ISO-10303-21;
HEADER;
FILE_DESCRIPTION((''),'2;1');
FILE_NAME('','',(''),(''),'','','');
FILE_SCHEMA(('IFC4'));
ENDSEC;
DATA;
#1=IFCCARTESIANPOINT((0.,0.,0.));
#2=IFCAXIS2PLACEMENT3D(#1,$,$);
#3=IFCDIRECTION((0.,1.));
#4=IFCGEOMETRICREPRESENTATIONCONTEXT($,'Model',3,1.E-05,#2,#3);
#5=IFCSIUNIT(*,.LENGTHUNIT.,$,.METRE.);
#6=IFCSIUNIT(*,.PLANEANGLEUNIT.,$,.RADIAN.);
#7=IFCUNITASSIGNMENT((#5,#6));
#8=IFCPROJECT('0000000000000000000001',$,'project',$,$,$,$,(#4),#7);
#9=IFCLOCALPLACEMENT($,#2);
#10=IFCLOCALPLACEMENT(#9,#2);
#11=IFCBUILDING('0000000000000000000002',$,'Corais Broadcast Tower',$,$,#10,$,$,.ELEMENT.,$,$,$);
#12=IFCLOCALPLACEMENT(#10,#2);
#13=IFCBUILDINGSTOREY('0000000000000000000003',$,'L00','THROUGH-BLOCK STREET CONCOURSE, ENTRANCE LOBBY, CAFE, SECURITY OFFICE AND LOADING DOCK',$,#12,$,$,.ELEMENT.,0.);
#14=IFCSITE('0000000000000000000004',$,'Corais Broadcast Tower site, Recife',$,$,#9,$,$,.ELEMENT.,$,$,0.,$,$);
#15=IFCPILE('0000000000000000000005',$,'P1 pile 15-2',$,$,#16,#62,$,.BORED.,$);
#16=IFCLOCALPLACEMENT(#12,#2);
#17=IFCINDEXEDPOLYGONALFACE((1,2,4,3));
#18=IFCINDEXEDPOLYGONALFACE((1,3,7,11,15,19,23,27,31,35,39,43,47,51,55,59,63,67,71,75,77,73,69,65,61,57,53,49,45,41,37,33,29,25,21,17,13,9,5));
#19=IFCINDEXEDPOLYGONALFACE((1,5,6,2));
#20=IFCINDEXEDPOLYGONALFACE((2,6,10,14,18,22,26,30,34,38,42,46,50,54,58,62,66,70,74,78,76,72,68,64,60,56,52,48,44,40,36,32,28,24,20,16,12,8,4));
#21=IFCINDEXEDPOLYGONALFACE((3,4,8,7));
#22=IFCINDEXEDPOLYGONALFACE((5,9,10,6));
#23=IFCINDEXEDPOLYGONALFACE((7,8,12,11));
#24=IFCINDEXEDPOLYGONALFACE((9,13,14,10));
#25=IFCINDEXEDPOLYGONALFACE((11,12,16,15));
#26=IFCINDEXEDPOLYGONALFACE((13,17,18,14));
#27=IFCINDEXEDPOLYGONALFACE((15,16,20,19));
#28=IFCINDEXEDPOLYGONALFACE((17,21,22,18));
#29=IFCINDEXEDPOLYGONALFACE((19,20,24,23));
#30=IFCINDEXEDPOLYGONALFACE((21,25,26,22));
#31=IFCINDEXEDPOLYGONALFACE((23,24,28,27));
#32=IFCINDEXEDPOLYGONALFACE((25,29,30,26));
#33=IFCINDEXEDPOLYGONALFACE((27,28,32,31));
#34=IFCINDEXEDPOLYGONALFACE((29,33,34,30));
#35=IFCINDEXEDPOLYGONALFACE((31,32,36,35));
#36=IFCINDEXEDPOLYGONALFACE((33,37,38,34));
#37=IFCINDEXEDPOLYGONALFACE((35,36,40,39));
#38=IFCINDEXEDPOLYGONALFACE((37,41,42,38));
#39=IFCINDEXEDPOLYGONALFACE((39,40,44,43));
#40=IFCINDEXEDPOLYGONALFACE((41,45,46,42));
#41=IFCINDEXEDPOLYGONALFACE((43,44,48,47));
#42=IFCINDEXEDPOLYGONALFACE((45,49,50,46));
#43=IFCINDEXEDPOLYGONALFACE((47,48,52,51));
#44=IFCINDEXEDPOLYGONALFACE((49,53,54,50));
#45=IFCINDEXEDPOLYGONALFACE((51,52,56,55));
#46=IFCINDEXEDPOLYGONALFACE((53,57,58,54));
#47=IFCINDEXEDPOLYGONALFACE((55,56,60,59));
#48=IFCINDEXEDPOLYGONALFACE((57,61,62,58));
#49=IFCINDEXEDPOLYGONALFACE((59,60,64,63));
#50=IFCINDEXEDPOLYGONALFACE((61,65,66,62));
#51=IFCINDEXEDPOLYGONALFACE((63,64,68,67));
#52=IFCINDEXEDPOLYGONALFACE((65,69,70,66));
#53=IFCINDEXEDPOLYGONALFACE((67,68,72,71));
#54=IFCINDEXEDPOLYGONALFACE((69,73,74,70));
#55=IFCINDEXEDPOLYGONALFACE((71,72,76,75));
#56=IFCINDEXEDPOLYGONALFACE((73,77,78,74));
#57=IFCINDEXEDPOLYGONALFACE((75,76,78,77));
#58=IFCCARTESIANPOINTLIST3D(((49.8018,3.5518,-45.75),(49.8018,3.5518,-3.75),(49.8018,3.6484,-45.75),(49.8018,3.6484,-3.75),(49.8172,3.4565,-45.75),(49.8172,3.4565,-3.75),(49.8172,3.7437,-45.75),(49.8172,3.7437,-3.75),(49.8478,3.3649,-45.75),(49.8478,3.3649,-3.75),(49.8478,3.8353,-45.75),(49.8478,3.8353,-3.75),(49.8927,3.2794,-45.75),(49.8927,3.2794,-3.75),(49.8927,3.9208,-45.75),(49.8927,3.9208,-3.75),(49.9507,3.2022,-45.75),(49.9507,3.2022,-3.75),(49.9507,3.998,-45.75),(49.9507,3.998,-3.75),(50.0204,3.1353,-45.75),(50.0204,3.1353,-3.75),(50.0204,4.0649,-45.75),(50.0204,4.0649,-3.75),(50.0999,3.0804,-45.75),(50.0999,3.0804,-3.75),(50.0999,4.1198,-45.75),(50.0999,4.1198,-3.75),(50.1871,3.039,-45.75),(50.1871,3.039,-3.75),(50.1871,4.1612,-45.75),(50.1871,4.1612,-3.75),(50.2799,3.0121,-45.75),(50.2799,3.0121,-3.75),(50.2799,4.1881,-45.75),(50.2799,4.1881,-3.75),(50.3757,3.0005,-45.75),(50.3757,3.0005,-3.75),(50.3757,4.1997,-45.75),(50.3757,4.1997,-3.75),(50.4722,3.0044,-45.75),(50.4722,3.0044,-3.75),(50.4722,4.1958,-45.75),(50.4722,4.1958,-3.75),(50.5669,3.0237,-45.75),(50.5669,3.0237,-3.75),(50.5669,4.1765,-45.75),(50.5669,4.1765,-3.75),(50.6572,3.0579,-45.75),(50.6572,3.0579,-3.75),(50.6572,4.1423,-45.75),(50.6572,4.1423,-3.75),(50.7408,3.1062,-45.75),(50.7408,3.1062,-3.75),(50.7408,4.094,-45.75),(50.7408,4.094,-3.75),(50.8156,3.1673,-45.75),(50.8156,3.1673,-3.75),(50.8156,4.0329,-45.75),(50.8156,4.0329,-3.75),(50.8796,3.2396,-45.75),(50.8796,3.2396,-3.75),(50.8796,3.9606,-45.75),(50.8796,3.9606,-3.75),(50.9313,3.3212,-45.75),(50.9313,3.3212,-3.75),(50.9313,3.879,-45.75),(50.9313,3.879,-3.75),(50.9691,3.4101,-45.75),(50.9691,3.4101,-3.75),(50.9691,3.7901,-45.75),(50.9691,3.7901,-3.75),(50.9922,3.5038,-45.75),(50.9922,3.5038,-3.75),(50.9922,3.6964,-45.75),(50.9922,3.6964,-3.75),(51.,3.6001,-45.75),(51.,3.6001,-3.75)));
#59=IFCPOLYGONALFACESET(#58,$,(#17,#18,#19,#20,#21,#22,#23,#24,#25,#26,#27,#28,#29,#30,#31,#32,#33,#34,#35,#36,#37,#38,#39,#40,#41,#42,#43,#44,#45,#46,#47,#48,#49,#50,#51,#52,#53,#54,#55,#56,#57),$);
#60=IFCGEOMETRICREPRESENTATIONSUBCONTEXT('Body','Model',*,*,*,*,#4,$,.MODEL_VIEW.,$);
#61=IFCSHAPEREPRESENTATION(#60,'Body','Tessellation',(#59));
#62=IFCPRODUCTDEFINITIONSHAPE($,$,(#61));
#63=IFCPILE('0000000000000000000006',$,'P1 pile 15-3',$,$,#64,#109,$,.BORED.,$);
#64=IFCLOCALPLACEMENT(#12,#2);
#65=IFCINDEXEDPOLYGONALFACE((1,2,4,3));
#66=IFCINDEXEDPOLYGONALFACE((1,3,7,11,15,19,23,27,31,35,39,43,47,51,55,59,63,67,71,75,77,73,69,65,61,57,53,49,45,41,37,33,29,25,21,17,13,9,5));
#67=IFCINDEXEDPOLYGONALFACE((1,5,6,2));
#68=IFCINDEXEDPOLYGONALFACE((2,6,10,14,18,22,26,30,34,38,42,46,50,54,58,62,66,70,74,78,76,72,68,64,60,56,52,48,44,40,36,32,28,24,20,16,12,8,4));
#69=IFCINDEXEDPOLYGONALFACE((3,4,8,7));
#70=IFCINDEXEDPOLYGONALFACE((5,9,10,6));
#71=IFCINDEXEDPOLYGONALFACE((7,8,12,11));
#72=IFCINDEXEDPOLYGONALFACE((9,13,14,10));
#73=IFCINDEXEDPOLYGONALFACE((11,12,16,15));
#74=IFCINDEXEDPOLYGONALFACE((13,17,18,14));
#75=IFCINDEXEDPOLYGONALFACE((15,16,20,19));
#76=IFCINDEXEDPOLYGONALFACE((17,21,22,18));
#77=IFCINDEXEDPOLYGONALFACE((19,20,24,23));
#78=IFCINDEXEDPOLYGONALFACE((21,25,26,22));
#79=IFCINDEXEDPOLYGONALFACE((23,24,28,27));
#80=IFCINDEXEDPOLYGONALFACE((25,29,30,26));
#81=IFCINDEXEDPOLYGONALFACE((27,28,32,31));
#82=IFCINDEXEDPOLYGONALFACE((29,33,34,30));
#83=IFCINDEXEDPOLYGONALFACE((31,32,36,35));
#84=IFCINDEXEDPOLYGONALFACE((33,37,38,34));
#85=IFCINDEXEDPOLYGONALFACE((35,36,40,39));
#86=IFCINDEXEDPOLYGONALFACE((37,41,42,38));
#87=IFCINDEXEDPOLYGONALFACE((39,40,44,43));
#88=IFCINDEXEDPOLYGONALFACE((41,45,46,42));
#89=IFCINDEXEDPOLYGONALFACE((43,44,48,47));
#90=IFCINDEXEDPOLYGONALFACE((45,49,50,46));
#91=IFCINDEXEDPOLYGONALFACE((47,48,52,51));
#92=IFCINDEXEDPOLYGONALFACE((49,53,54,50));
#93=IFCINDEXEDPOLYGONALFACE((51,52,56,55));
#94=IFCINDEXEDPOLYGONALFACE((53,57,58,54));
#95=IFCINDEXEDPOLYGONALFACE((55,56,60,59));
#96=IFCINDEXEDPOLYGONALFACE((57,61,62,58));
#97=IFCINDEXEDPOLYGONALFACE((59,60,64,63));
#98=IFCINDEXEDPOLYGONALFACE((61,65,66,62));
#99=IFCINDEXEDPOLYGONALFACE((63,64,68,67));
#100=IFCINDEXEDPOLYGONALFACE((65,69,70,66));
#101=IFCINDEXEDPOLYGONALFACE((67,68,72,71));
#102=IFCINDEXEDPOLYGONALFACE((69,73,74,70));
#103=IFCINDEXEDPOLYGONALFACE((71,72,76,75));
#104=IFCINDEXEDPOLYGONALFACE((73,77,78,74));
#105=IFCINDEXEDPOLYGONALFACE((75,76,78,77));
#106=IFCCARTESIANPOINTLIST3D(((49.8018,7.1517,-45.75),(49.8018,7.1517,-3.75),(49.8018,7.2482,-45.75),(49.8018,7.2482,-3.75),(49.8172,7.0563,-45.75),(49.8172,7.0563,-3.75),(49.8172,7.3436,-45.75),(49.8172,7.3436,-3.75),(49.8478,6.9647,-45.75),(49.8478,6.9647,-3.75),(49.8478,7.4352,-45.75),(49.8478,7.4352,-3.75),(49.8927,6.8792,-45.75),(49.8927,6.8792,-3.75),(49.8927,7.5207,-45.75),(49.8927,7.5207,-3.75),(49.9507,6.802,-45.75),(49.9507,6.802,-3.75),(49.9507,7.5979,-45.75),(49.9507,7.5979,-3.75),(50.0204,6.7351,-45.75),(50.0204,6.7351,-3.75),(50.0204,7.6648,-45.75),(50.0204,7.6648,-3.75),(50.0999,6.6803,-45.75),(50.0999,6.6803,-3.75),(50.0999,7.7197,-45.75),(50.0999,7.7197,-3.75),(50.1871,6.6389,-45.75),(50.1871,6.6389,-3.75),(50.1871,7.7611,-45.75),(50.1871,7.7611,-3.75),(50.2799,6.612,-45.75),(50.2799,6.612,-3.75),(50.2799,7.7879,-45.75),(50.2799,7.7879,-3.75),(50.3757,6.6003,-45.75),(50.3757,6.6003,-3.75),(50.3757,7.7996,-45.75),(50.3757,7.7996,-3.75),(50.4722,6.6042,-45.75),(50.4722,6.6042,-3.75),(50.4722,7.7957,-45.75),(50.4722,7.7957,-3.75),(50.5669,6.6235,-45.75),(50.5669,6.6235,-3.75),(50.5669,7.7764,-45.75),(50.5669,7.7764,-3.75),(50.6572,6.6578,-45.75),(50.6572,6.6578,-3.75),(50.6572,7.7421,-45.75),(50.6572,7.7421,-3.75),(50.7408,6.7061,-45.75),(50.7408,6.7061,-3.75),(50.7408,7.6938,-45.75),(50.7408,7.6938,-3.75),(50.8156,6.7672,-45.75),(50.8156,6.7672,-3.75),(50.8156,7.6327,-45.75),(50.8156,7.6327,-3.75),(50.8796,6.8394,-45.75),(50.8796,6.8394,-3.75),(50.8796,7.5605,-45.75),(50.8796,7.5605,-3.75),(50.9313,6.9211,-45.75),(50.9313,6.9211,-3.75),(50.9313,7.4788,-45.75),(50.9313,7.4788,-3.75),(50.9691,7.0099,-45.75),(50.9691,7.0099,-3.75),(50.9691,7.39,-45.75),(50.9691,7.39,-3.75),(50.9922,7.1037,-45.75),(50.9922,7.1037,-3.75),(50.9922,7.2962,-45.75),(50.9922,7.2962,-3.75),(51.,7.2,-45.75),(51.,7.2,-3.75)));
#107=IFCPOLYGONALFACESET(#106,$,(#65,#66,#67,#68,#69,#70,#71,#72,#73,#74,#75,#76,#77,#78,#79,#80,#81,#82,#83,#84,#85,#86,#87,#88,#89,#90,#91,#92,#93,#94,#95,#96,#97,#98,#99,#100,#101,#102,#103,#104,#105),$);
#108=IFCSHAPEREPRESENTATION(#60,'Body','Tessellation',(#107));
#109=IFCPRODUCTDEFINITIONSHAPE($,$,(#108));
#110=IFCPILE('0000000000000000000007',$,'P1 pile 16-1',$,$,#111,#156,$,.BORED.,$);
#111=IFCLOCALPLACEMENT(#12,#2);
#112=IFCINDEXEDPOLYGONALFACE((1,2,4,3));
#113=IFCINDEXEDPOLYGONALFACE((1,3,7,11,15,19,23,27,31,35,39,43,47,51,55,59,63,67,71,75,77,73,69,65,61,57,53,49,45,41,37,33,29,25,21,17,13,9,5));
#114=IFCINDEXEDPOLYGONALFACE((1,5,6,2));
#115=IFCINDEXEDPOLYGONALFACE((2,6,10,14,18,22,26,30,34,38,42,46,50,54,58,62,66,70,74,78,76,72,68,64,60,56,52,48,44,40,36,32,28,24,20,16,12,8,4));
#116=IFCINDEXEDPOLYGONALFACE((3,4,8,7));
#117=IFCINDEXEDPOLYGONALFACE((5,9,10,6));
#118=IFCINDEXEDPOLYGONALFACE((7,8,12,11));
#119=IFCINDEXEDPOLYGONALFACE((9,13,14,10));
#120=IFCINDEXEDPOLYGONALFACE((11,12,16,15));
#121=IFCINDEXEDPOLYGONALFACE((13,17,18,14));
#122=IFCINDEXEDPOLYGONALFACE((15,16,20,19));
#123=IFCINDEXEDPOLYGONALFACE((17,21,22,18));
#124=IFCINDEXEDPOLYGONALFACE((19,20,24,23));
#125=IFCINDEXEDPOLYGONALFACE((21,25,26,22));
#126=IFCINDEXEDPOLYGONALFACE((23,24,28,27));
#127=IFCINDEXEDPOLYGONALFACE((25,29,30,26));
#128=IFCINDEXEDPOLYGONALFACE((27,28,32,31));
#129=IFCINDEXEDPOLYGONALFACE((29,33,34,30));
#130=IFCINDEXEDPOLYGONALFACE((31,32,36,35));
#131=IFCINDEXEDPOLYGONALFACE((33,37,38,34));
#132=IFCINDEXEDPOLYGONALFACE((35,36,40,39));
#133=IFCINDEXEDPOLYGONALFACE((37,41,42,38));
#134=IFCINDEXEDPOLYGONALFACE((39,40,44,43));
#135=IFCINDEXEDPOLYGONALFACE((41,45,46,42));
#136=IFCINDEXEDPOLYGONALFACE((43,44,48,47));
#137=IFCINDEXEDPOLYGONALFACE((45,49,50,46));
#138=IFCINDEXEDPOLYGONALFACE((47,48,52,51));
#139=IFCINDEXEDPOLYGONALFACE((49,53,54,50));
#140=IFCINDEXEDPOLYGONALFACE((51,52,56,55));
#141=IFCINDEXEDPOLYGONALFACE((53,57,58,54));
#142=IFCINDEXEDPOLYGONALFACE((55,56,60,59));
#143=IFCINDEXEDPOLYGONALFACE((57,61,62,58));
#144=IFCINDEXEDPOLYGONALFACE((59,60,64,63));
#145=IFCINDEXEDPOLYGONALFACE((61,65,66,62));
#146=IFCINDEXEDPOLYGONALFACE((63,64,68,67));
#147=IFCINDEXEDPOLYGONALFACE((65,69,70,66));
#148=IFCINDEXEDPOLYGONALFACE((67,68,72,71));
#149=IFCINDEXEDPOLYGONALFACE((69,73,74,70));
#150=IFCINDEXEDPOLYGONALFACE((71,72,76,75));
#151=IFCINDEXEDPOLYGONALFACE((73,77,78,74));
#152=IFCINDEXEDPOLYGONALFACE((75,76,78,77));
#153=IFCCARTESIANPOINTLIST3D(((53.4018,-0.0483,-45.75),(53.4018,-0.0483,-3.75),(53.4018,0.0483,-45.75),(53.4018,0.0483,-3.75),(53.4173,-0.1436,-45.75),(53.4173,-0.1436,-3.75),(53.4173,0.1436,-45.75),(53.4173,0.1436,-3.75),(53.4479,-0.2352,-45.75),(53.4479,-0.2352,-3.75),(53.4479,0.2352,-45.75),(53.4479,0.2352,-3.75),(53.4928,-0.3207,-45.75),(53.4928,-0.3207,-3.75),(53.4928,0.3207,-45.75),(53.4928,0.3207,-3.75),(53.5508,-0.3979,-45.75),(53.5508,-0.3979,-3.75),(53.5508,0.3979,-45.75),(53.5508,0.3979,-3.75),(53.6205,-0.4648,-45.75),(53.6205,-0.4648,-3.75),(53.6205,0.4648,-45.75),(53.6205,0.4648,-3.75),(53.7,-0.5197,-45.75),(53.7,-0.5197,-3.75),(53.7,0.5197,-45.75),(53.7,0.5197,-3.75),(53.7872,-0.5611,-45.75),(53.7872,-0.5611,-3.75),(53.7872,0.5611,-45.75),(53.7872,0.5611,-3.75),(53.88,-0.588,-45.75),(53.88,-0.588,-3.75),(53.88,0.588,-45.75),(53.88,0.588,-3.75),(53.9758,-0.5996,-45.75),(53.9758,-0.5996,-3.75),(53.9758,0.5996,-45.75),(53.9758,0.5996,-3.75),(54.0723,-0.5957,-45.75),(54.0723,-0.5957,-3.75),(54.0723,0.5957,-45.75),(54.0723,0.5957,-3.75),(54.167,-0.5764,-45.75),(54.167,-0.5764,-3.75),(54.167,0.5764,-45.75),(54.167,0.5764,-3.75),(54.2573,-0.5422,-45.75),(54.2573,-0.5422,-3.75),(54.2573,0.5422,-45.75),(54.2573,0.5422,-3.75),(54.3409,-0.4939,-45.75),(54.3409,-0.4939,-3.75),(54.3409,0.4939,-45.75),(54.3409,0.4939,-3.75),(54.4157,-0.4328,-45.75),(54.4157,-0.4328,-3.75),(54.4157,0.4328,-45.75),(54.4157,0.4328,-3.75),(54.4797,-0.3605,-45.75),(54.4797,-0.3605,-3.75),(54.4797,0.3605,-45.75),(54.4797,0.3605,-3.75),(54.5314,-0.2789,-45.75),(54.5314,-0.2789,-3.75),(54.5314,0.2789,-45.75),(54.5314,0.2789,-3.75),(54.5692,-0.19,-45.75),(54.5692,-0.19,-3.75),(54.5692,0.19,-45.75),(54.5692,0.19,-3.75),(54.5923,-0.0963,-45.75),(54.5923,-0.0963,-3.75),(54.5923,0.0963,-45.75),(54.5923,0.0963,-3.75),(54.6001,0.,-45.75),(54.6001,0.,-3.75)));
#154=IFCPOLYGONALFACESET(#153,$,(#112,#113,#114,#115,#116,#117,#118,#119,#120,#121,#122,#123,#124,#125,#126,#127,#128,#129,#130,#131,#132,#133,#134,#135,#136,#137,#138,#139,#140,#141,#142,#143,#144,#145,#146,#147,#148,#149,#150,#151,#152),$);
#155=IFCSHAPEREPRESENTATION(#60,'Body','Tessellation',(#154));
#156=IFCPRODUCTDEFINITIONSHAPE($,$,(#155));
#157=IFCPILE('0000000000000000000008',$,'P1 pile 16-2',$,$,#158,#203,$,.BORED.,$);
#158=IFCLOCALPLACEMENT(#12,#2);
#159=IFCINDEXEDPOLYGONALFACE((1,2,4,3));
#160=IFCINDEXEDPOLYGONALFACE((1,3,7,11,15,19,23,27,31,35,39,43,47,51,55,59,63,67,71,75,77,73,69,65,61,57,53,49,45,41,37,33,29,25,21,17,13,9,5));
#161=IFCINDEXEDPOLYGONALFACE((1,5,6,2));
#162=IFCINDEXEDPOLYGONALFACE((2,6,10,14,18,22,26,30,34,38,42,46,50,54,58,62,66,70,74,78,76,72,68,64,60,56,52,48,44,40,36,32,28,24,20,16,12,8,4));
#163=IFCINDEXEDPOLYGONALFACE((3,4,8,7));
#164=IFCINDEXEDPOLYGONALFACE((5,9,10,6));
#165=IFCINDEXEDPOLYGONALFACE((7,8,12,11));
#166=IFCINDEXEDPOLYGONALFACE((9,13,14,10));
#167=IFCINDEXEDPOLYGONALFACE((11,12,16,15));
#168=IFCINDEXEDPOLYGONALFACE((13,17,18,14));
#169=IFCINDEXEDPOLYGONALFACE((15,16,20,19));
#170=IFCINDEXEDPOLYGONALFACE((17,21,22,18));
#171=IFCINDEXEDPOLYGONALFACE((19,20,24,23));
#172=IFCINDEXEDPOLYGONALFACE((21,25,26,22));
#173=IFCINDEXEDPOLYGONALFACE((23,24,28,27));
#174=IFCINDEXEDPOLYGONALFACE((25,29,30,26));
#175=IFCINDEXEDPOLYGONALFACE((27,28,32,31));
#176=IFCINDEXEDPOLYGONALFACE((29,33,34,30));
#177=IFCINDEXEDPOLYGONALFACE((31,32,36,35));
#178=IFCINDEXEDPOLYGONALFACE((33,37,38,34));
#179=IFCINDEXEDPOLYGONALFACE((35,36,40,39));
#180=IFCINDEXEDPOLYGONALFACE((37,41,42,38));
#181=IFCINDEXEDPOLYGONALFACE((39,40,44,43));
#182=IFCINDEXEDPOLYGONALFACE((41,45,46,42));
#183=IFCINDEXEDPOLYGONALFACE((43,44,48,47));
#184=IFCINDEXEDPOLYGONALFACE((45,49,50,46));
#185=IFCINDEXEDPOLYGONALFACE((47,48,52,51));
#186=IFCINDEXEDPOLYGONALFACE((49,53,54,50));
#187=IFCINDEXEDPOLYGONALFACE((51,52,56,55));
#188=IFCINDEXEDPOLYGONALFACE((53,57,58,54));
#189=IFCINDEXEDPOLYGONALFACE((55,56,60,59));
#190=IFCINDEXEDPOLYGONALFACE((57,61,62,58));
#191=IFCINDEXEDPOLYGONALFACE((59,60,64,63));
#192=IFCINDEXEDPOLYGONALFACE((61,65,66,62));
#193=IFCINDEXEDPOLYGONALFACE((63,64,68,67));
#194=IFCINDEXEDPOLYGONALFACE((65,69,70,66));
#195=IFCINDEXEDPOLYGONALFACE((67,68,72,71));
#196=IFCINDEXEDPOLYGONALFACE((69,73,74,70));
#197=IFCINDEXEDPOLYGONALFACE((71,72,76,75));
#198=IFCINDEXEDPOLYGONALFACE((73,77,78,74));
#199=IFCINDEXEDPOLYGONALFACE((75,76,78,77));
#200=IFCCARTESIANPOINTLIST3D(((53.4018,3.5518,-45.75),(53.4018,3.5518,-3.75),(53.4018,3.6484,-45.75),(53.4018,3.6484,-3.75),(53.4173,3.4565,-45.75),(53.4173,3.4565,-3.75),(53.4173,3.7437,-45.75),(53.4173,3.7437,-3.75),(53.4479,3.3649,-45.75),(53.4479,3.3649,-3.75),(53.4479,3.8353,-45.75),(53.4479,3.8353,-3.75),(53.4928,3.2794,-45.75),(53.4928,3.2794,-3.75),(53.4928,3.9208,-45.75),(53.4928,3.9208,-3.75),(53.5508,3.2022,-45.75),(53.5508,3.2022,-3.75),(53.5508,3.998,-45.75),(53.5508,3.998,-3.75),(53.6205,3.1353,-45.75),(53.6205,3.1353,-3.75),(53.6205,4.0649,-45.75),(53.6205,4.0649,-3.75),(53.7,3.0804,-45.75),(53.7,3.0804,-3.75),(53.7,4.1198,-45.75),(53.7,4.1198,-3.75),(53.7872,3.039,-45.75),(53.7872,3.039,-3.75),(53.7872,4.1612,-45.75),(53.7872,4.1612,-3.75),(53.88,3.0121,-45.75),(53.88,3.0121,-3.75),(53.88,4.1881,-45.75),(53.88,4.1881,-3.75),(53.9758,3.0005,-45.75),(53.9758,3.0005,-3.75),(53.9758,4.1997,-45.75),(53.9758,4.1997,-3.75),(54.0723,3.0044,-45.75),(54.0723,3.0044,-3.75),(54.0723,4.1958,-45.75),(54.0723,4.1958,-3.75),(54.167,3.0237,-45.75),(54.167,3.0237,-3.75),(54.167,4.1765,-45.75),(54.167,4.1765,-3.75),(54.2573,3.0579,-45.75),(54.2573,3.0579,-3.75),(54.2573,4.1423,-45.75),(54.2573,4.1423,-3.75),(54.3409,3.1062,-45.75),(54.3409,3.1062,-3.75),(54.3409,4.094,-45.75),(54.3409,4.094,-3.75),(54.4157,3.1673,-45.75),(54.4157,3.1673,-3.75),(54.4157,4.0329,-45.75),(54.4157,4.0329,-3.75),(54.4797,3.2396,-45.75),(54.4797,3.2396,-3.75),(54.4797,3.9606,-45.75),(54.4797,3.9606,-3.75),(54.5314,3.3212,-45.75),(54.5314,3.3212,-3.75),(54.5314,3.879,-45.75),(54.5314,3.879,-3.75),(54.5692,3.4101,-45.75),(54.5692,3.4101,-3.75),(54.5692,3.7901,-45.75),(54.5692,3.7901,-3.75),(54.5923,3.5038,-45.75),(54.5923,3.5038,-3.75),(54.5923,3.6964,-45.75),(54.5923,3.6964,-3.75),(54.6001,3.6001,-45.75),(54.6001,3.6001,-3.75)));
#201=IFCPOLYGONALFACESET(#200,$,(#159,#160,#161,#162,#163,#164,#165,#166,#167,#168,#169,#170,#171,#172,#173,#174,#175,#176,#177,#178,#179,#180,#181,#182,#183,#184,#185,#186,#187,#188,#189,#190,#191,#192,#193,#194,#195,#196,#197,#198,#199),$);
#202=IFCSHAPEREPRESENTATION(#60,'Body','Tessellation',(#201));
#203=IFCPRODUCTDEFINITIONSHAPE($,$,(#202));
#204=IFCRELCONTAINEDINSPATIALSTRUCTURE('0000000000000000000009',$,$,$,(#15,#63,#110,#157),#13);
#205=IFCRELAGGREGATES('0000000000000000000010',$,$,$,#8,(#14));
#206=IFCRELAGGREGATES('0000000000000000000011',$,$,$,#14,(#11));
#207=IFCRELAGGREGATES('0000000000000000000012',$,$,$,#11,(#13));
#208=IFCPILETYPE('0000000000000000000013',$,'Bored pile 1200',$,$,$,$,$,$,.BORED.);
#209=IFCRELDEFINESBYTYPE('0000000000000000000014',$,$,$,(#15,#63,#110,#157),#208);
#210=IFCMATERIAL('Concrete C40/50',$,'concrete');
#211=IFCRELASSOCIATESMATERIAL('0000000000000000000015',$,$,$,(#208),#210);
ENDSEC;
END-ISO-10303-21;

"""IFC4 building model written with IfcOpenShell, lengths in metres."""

from ifc_helpers import new_model, si_unit, direction, frame, origin, origin_2d, place, context, subcontext, project, spatial, circle, extrude, material, type_object, element, save


model = new_model("IFC4")

# Units and contexts
model_context = context("Model", 3, precision=1e-05, world=origin(), true_north=direction((0.0, 1.0)))
body_context = subcontext(model_context, "Body", "Model", "MODEL_VIEW")
ifc_project = project(units=[si_unit("LENGTHUNIT", "METRE"), si_unit("PLANEANGLEUNIT", "RADIAN")], contexts=[model_context])

# Site, building, storey
site_placement = place(None, origin())
site = spatial("IfcSite", under=ifc_project, at=site_placement, Name="Corais Broadcast Tower site, Recife", CompositionType="ELEMENT", RefElevation=0.0)
building_placement = place(site_placement, origin())
building = spatial("IfcBuilding", under=site, at=building_placement, Name="Corais Broadcast Tower", CompositionType="ELEMENT")
storey_placement = place(building_placement, origin())
storey = spatial("IfcBuildingStorey", under=building, at=storey_placement, Name="L00", Description="THROUGH-BLOCK STREET CONCOURSE, ENTRANCE LOBBY, CAFE, SECURITY OFFICE AND LOADING DOCK", CompositionType="ELEMENT", Elevation=0.0)

# Piles
ifc_material_1 = material(Name="Concrete C40/50", Category="concrete")
pile_type = type_object("IfcPileType", Name="Bored pile 1200", PredefinedType="BORED", material=ifc_material_1)
for number, where, z_axis, x_axis, name in (
    (1, (50.3999, 3.6001, -3.75), (0.0, 0.0, -1.0), (1.0, 0.0, 0.0), "P1 pile 15-2"),
    (2, (50.3999, 7.2, -3.75), (0.0, 0.0, -1.0), (1.0, 0.0, 0.0), "P1 pile 15-3"),
    (3, (54.0, 0.0, -3.75), (0.0, 0.0, -1.0), (1.0, 0.0, 0.0), "P1 pile 16-1"),
    (4, (54.0, 3.6001, -3.75), (0.0, 0.0, -1.0), (1.0, 0.0, 0.0), "P1 pile 16-2"),
):
    element("IfcPile", number, at=place(storey_placement, frame(where, z_axis=z_axis, x_axis=x_axis)), inside=storey, type_object=pile_type, Name=name, PredefinedType="BORED", context=body_context, shape_type="SweptSolid", body=[
        extrude(circle(Radius=0.6001, at=origin_2d()), origin(), (0.0, 0.0, 1.0), 42.0),
    ])

save(model, "model.ifc")
